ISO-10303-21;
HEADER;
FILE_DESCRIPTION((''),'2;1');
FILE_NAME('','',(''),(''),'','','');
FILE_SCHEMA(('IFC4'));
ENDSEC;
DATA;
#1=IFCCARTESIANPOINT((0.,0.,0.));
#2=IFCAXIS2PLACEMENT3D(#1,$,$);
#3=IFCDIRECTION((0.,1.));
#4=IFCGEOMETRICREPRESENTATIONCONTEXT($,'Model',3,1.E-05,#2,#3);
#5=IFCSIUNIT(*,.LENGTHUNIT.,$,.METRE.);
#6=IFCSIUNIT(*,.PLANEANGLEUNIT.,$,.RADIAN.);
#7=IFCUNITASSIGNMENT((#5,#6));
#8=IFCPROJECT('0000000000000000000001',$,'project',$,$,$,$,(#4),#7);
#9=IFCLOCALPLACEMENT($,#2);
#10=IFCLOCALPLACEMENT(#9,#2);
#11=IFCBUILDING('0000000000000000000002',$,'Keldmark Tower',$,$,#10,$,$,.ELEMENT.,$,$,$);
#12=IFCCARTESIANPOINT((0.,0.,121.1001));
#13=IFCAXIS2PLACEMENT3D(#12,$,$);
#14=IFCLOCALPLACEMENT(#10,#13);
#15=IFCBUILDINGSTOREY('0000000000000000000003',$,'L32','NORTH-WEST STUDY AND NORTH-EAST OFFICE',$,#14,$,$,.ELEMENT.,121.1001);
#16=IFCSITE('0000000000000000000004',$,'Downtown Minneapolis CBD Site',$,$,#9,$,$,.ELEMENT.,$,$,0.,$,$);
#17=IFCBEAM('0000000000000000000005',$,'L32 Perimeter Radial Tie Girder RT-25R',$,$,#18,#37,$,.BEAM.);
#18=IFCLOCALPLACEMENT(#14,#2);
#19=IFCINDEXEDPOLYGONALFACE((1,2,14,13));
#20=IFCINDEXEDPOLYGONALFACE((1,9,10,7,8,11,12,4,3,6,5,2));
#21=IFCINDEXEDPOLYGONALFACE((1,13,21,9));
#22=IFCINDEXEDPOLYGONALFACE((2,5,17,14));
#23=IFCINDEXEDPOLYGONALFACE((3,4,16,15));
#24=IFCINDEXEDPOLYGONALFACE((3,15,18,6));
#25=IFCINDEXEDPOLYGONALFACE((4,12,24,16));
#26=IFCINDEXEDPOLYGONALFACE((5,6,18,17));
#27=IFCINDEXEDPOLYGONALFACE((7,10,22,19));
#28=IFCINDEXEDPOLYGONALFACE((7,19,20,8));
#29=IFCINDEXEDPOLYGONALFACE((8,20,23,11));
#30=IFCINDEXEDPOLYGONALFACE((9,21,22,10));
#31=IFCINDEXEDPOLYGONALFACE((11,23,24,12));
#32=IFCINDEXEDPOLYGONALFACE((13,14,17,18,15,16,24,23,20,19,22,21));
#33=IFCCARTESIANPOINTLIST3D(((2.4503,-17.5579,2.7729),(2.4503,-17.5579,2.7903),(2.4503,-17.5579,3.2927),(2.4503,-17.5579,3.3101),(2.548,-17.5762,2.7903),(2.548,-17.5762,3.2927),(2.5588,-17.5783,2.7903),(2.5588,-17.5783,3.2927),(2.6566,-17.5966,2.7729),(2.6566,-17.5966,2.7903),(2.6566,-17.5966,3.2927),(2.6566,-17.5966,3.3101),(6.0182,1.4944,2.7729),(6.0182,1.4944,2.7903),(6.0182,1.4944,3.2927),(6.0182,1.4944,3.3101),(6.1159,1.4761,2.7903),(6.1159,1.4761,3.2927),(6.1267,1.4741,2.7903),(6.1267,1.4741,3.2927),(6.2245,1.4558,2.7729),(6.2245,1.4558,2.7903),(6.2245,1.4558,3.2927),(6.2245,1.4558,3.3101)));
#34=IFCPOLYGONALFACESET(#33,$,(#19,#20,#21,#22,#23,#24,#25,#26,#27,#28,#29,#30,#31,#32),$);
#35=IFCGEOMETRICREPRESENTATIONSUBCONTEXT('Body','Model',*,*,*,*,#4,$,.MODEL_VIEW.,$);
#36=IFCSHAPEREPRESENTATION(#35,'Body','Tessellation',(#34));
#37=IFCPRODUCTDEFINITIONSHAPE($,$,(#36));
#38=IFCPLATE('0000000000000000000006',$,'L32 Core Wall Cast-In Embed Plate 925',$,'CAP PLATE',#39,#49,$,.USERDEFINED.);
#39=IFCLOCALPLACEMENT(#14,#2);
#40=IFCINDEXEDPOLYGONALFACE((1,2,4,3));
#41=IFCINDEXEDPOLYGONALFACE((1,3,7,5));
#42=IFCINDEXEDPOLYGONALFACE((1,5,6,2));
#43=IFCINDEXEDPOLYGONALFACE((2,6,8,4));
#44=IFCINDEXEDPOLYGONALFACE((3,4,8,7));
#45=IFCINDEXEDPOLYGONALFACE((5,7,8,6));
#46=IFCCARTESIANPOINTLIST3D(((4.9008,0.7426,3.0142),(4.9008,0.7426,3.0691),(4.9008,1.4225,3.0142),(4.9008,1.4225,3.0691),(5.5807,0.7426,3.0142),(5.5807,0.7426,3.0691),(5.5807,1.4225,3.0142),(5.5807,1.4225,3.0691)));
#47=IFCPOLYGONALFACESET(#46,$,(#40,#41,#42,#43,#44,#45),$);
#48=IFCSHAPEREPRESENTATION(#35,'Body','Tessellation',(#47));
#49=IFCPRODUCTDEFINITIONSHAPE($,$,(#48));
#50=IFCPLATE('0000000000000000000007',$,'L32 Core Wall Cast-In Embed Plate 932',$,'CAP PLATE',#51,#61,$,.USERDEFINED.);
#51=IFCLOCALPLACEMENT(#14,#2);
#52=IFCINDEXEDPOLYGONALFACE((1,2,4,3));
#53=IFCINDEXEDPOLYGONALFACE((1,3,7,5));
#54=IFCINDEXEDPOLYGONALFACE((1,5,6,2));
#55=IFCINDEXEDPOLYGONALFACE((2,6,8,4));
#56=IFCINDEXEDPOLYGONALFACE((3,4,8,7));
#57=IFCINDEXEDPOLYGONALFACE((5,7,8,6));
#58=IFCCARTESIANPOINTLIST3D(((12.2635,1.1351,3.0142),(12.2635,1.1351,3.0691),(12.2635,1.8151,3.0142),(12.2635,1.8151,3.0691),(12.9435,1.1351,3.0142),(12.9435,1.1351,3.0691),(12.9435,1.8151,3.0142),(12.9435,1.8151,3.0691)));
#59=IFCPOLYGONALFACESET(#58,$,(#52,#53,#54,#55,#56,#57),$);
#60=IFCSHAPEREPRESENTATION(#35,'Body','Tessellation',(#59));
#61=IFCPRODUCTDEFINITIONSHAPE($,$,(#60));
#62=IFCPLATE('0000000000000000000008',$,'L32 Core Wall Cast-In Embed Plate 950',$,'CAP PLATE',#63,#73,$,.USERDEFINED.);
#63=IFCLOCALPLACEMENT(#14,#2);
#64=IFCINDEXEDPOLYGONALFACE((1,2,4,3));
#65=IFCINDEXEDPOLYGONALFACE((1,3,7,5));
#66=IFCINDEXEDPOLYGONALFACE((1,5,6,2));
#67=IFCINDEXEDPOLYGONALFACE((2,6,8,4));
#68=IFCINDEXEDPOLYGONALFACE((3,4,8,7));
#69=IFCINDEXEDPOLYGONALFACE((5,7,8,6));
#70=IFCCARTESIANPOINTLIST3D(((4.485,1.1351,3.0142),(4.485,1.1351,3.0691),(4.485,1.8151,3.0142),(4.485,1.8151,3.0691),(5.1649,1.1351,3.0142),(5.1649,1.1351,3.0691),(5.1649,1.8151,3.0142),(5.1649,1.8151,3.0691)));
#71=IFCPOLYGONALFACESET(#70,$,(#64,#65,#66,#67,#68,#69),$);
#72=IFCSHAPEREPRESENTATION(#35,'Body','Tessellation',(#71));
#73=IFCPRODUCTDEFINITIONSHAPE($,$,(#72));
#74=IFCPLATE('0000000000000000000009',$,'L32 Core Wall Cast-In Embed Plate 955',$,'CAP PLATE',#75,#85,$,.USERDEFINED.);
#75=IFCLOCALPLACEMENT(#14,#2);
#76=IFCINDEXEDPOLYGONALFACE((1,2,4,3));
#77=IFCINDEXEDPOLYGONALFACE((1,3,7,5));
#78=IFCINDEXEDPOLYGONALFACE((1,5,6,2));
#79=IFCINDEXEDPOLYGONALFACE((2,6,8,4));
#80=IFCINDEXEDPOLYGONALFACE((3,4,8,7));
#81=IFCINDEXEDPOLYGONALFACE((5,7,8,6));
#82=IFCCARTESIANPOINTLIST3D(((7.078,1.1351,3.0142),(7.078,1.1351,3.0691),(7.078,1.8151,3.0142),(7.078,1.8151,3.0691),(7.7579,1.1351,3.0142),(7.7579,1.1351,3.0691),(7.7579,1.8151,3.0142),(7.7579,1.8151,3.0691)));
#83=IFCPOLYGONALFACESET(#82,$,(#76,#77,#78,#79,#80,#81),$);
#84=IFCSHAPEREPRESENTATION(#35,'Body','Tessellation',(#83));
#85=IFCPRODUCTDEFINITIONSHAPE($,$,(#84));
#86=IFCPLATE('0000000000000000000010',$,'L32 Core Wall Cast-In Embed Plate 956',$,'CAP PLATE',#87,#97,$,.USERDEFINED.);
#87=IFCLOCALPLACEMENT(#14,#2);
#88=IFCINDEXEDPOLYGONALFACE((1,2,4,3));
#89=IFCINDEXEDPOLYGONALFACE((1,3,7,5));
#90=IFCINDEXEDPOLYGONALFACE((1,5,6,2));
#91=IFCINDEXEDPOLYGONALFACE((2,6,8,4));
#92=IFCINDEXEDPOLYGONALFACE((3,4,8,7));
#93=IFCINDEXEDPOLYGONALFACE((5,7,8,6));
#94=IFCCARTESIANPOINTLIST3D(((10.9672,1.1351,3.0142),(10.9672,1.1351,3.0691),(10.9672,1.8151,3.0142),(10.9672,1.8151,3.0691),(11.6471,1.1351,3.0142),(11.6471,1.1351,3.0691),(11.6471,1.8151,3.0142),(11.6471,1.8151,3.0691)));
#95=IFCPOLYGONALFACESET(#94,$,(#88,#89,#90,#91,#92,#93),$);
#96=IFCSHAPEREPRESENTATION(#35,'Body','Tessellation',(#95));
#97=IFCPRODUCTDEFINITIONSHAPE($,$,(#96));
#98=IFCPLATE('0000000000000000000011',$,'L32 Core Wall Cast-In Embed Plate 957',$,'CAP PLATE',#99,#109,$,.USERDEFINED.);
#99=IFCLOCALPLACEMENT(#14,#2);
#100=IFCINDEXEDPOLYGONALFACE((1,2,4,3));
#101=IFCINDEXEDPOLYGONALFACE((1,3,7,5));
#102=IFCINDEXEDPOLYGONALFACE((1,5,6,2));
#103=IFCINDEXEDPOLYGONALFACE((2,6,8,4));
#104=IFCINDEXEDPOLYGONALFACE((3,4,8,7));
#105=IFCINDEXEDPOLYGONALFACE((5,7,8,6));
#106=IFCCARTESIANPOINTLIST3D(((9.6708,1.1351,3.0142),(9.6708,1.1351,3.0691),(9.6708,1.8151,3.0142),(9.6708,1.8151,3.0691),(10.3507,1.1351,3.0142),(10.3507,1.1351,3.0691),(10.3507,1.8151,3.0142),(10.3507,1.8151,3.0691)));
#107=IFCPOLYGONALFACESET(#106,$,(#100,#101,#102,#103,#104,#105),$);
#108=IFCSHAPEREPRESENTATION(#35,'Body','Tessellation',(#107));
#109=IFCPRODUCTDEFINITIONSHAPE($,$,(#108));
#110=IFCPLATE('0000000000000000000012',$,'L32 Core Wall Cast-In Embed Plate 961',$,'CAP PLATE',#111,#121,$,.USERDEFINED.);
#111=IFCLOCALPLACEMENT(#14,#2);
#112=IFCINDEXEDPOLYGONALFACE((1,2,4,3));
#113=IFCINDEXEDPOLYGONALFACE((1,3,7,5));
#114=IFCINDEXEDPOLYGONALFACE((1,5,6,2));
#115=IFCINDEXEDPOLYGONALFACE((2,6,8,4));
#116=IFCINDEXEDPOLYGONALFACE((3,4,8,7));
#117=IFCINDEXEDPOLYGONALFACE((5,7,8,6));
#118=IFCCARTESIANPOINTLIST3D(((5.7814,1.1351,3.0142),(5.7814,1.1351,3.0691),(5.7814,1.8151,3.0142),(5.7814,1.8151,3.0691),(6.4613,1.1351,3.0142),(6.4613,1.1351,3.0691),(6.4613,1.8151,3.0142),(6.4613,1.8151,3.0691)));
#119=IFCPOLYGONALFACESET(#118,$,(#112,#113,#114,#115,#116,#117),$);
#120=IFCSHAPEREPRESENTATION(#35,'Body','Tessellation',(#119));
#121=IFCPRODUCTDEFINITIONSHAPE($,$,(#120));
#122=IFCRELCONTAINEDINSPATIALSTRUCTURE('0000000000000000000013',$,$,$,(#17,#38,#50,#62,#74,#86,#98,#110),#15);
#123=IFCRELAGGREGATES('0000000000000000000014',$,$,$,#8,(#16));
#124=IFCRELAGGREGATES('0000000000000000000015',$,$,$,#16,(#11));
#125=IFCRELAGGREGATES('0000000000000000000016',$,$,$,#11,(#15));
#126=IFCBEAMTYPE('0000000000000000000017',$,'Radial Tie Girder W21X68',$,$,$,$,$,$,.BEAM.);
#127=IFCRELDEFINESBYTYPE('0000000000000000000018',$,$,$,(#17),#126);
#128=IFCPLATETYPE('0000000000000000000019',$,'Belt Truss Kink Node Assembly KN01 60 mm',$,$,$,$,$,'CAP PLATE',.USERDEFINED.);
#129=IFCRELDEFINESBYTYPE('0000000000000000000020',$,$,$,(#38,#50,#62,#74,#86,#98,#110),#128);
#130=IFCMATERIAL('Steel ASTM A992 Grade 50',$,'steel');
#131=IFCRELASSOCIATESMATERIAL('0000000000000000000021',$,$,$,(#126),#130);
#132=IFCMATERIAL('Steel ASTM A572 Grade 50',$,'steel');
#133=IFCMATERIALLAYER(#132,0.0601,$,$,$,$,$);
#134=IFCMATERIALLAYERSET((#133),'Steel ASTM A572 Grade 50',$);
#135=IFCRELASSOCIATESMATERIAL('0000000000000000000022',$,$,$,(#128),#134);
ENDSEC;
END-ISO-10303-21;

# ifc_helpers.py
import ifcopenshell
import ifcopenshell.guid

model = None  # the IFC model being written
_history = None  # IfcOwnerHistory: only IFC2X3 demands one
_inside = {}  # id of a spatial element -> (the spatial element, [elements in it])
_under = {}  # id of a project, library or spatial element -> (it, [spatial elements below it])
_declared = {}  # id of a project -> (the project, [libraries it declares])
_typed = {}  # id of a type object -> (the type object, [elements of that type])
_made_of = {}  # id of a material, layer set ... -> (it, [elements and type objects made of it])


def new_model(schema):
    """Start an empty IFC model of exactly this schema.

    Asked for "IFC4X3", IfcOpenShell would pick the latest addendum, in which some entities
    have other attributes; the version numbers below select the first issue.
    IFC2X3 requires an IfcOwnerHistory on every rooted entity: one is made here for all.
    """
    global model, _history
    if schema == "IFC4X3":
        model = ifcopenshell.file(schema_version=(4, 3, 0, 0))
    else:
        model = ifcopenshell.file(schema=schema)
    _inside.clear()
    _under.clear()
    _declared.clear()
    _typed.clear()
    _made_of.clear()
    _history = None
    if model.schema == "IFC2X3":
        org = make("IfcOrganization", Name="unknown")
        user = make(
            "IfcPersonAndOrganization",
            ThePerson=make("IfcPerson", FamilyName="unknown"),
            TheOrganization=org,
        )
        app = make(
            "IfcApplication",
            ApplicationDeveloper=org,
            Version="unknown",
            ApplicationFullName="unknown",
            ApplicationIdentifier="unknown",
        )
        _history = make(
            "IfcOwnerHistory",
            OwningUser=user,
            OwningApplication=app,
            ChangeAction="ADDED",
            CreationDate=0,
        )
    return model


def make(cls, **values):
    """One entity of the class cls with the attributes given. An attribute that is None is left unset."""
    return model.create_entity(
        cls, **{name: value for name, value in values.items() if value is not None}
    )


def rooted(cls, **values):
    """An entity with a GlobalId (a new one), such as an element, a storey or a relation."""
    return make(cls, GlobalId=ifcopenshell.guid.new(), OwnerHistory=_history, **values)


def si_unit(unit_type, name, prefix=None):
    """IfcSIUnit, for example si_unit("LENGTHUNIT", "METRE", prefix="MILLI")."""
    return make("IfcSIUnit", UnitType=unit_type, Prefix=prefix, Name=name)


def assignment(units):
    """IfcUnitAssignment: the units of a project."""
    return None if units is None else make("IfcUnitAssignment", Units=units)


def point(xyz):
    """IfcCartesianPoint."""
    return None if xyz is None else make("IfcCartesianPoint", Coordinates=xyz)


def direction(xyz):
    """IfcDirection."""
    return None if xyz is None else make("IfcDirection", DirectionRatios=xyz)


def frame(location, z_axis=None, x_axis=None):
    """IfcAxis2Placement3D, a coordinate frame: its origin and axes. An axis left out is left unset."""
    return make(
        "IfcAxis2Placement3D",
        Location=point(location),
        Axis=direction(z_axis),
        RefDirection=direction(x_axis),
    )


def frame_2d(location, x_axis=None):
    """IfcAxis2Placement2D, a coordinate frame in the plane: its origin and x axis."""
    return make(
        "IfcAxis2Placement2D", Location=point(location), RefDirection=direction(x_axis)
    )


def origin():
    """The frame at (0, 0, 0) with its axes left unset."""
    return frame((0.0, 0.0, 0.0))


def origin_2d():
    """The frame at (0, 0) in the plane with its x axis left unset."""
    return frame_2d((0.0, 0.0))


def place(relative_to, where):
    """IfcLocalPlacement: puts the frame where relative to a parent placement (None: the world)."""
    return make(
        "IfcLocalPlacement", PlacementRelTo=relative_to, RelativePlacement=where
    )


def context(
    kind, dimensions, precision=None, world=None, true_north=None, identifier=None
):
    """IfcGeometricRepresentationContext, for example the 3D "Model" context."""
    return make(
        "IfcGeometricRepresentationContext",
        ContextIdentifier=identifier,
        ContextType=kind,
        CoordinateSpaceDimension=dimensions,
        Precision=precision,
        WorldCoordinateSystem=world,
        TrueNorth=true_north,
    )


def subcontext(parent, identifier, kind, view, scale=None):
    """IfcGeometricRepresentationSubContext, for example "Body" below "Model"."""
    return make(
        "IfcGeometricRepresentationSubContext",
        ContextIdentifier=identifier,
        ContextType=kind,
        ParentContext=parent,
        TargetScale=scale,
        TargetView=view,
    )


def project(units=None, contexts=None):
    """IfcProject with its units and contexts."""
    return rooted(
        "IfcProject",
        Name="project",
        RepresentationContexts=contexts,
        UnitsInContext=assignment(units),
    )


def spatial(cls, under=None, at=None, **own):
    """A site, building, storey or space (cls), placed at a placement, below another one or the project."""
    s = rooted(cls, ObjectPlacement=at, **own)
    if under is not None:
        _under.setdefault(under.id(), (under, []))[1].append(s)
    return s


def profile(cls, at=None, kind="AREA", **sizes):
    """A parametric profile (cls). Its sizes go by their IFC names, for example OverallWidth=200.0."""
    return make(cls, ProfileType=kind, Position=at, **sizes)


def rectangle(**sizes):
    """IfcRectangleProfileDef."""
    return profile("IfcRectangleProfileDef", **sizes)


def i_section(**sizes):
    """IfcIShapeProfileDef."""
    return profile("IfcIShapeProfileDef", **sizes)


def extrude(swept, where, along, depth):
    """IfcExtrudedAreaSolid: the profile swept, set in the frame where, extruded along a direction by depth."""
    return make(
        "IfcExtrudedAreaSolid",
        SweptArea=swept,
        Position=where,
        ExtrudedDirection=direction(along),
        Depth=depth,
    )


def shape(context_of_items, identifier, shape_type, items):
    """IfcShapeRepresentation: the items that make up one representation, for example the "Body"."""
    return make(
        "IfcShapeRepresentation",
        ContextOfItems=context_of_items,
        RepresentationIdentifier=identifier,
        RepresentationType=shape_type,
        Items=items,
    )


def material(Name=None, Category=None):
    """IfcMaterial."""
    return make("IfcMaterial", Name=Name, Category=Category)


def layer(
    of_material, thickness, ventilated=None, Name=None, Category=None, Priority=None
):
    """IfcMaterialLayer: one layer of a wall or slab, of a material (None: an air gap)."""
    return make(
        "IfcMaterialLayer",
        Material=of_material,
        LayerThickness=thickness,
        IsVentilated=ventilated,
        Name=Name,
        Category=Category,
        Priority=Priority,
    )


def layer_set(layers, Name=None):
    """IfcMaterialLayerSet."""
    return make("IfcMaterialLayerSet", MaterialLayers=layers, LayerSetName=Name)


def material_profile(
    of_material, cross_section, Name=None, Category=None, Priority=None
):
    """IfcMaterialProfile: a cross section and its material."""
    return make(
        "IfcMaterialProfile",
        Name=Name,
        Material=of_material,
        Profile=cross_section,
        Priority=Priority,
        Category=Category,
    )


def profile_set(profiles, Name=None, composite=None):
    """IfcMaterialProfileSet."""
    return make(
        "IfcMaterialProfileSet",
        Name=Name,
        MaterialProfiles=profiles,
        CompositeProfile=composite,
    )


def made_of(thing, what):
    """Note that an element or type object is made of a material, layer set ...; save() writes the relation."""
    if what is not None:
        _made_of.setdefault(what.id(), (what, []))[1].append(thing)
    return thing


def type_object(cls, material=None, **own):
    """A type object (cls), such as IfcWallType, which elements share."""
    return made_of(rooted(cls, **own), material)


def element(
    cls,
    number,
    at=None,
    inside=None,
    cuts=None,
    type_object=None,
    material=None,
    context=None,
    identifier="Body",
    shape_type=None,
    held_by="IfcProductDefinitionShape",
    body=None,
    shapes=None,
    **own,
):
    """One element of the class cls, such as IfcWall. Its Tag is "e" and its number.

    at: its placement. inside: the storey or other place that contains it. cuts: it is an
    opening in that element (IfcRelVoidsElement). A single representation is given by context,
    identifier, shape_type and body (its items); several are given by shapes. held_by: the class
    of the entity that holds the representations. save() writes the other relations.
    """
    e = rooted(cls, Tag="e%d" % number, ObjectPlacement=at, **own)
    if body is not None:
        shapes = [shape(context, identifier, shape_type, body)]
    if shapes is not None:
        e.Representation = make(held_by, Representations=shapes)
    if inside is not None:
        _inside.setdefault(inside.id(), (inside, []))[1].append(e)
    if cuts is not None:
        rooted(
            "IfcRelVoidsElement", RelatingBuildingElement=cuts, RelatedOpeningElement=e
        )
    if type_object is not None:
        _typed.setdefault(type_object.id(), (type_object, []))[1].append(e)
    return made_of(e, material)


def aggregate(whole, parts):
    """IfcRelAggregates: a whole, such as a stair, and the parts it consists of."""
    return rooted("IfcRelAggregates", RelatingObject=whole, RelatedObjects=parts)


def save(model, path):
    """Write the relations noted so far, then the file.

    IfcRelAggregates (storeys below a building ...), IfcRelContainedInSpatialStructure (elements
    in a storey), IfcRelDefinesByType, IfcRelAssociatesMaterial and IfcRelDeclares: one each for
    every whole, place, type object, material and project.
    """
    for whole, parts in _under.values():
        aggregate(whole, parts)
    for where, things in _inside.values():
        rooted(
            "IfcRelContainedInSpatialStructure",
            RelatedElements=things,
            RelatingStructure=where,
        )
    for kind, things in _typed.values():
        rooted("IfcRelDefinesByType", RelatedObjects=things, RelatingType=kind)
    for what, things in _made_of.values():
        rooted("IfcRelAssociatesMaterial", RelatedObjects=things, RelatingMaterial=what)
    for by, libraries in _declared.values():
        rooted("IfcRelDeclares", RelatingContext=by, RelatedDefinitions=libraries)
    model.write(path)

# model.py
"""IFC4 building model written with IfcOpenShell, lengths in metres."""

from ifc_helpers import new_model, si_unit, direction, frame, origin, origin_2d, place, context, subcontext, project, spatial, rectangle, i_section, extrude, material, layer, layer_set, material_profile, profile_set, type_object, element, save


model = new_model("IFC4")

# Units and contexts
model_context = context("Model", 3, precision=1e-05, world=origin(), true_north=direction((0.0, 1.0)))
body_context = subcontext(model_context, "Body", "Model", "MODEL_VIEW")
ifc_project = project(units=[si_unit("LENGTHUNIT", "METRE"), si_unit("PLANEANGLEUNIT", "RADIAN")], contexts=[model_context])

# Site, building, storey
site_placement = place(None, origin())
site = spatial("IfcSite", under=ifc_project, at=site_placement, Name="Downtown Minneapolis CBD Site", CompositionType="ELEMENT", RefElevation=0.0)
building_placement = place(site_placement, origin())
building = spatial("IfcBuilding", under=site, at=building_placement, Name="Keldmark Tower", CompositionType="ELEMENT")
storey_placement = place(building_placement, frame((0.0, 0.0, 121.1001)))
storey = spatial("IfcBuildingStorey", under=building, at=storey_placement, Name="L32", Description="NORTH-WEST STUDY AND NORTH-EAST OFFICE", CompositionType="ELEMENT", Elevation=121.1001)

# Beam
ifc_material_1 = material(Name="Steel ASTM A992 Grade 50", Category="steel")
ifc_material_profile_1 = material_profile(ifc_material_1, i_section(OverallWidth=0.21, OverallDepth=0.5371, WebThickness=0.011, FlangeThickness=0.0173, at=origin_2d()), Name="W21X68")
ifc_profile_set_1 = profile_set([ifc_material_profile_1], Name="Steel ASTM A992 Grade 50")
beam_type = type_object("IfcBeamType", Name="Radial Tie Girder W21X68", PredefinedType="BEAM", material=ifc_profile_set_1)
beam_1_placement = place(storey_placement, frame((6.1213, 1.4751, 3.0415), z_axis=(-0.184068, -0.982914, 0.0), x_axis=(0.982914, -0.184068, 0.0)))
element("IfcBeam", 1, at=beam_1_placement, inside=storey, type_object=beam_type, Name="L32 Perimeter Radial Tie Girder RT-25R", PredefinedType="BEAM", context=body_context, shape_type="SweptSolid", body=[
    extrude(i_section(OverallWidth=0.21, OverallDepth=0.5371, WebThickness=0.011, FlangeThickness=0.0173, at=origin_2d()), origin(), (0.0, 0.0, 1.0), 19.3835),
])

# Plates
ifc_material_2 = material(Name="Steel ASTM A572 Grade 50", Category="steel")
ifc_layer_1 = layer(ifc_material_2, 0.0601)
ifc_layer_set_1 = layer_set([ifc_layer_1], Name="Steel ASTM A572 Grade 50")
plate_type = type_object("IfcPlateType", Name="Belt Truss Kink Node Assembly KN01 60 mm", ElementType="CAP PLATE", PredefinedType="USERDEFINED", material=ifc_layer_set_1)
for number, where, z_axis, x_axis, name in (
    (2, (5.2407, 1.0825, 3.0142), (0.0, 0.0, 1.0), (1.0, 0.0, 0.0), "L32 Core Wall Cast-In Embed Plate 925"),
    (3, (12.6035, 1.4751, 3.0142), (0.0, 0.0, 1.0), (1.0, 0.0, 0.0), "L32 Core Wall Cast-In Embed Plate 932"),
    (4, (4.825, 1.4751, 3.0142), (0.0, 0.0, 1.0), (1.0, 0.0, 0.0), "L32 Core Wall Cast-In Embed Plate 950"),
    (5, (7.418, 1.4751, 3.0142), (0.0, 0.0, 1.0), (1.0, 0.0, 0.0), "L32 Core Wall Cast-In Embed Plate 955"),
    (6, (11.3071, 1.4751, 3.0142), (0.0, 0.0, 1.0), (1.0, 0.0, 0.0), "L32 Core Wall Cast-In Embed Plate 956"),
    (7, (10.0107, 1.4751, 3.0142), (0.0, 0.0, 1.0), (1.0, 0.0, 0.0), "L32 Core Wall Cast-In Embed Plate 957"),
    (8, (6.1213, 1.4751, 3.0142), (0.0, 0.0, 1.0), (1.0, 0.0, 0.0), "L32 Core Wall Cast-In Embed Plate 961"),
):
    element("IfcPlate", number, at=place(storey_placement, frame(where, z_axis=z_axis, x_axis=x_axis)), inside=storey, type_object=plate_type, Name=name, ObjectType="CAP PLATE", PredefinedType="USERDEFINED", context=body_context, shape_type="SweptSolid", body=[
        extrude(rectangle(XDim=0.6799, YDim=0.6799, at=origin_2d()), origin(), (0.0, 0.0, 1.0), 0.0549),
    ])

save(model, "model.ifc")
